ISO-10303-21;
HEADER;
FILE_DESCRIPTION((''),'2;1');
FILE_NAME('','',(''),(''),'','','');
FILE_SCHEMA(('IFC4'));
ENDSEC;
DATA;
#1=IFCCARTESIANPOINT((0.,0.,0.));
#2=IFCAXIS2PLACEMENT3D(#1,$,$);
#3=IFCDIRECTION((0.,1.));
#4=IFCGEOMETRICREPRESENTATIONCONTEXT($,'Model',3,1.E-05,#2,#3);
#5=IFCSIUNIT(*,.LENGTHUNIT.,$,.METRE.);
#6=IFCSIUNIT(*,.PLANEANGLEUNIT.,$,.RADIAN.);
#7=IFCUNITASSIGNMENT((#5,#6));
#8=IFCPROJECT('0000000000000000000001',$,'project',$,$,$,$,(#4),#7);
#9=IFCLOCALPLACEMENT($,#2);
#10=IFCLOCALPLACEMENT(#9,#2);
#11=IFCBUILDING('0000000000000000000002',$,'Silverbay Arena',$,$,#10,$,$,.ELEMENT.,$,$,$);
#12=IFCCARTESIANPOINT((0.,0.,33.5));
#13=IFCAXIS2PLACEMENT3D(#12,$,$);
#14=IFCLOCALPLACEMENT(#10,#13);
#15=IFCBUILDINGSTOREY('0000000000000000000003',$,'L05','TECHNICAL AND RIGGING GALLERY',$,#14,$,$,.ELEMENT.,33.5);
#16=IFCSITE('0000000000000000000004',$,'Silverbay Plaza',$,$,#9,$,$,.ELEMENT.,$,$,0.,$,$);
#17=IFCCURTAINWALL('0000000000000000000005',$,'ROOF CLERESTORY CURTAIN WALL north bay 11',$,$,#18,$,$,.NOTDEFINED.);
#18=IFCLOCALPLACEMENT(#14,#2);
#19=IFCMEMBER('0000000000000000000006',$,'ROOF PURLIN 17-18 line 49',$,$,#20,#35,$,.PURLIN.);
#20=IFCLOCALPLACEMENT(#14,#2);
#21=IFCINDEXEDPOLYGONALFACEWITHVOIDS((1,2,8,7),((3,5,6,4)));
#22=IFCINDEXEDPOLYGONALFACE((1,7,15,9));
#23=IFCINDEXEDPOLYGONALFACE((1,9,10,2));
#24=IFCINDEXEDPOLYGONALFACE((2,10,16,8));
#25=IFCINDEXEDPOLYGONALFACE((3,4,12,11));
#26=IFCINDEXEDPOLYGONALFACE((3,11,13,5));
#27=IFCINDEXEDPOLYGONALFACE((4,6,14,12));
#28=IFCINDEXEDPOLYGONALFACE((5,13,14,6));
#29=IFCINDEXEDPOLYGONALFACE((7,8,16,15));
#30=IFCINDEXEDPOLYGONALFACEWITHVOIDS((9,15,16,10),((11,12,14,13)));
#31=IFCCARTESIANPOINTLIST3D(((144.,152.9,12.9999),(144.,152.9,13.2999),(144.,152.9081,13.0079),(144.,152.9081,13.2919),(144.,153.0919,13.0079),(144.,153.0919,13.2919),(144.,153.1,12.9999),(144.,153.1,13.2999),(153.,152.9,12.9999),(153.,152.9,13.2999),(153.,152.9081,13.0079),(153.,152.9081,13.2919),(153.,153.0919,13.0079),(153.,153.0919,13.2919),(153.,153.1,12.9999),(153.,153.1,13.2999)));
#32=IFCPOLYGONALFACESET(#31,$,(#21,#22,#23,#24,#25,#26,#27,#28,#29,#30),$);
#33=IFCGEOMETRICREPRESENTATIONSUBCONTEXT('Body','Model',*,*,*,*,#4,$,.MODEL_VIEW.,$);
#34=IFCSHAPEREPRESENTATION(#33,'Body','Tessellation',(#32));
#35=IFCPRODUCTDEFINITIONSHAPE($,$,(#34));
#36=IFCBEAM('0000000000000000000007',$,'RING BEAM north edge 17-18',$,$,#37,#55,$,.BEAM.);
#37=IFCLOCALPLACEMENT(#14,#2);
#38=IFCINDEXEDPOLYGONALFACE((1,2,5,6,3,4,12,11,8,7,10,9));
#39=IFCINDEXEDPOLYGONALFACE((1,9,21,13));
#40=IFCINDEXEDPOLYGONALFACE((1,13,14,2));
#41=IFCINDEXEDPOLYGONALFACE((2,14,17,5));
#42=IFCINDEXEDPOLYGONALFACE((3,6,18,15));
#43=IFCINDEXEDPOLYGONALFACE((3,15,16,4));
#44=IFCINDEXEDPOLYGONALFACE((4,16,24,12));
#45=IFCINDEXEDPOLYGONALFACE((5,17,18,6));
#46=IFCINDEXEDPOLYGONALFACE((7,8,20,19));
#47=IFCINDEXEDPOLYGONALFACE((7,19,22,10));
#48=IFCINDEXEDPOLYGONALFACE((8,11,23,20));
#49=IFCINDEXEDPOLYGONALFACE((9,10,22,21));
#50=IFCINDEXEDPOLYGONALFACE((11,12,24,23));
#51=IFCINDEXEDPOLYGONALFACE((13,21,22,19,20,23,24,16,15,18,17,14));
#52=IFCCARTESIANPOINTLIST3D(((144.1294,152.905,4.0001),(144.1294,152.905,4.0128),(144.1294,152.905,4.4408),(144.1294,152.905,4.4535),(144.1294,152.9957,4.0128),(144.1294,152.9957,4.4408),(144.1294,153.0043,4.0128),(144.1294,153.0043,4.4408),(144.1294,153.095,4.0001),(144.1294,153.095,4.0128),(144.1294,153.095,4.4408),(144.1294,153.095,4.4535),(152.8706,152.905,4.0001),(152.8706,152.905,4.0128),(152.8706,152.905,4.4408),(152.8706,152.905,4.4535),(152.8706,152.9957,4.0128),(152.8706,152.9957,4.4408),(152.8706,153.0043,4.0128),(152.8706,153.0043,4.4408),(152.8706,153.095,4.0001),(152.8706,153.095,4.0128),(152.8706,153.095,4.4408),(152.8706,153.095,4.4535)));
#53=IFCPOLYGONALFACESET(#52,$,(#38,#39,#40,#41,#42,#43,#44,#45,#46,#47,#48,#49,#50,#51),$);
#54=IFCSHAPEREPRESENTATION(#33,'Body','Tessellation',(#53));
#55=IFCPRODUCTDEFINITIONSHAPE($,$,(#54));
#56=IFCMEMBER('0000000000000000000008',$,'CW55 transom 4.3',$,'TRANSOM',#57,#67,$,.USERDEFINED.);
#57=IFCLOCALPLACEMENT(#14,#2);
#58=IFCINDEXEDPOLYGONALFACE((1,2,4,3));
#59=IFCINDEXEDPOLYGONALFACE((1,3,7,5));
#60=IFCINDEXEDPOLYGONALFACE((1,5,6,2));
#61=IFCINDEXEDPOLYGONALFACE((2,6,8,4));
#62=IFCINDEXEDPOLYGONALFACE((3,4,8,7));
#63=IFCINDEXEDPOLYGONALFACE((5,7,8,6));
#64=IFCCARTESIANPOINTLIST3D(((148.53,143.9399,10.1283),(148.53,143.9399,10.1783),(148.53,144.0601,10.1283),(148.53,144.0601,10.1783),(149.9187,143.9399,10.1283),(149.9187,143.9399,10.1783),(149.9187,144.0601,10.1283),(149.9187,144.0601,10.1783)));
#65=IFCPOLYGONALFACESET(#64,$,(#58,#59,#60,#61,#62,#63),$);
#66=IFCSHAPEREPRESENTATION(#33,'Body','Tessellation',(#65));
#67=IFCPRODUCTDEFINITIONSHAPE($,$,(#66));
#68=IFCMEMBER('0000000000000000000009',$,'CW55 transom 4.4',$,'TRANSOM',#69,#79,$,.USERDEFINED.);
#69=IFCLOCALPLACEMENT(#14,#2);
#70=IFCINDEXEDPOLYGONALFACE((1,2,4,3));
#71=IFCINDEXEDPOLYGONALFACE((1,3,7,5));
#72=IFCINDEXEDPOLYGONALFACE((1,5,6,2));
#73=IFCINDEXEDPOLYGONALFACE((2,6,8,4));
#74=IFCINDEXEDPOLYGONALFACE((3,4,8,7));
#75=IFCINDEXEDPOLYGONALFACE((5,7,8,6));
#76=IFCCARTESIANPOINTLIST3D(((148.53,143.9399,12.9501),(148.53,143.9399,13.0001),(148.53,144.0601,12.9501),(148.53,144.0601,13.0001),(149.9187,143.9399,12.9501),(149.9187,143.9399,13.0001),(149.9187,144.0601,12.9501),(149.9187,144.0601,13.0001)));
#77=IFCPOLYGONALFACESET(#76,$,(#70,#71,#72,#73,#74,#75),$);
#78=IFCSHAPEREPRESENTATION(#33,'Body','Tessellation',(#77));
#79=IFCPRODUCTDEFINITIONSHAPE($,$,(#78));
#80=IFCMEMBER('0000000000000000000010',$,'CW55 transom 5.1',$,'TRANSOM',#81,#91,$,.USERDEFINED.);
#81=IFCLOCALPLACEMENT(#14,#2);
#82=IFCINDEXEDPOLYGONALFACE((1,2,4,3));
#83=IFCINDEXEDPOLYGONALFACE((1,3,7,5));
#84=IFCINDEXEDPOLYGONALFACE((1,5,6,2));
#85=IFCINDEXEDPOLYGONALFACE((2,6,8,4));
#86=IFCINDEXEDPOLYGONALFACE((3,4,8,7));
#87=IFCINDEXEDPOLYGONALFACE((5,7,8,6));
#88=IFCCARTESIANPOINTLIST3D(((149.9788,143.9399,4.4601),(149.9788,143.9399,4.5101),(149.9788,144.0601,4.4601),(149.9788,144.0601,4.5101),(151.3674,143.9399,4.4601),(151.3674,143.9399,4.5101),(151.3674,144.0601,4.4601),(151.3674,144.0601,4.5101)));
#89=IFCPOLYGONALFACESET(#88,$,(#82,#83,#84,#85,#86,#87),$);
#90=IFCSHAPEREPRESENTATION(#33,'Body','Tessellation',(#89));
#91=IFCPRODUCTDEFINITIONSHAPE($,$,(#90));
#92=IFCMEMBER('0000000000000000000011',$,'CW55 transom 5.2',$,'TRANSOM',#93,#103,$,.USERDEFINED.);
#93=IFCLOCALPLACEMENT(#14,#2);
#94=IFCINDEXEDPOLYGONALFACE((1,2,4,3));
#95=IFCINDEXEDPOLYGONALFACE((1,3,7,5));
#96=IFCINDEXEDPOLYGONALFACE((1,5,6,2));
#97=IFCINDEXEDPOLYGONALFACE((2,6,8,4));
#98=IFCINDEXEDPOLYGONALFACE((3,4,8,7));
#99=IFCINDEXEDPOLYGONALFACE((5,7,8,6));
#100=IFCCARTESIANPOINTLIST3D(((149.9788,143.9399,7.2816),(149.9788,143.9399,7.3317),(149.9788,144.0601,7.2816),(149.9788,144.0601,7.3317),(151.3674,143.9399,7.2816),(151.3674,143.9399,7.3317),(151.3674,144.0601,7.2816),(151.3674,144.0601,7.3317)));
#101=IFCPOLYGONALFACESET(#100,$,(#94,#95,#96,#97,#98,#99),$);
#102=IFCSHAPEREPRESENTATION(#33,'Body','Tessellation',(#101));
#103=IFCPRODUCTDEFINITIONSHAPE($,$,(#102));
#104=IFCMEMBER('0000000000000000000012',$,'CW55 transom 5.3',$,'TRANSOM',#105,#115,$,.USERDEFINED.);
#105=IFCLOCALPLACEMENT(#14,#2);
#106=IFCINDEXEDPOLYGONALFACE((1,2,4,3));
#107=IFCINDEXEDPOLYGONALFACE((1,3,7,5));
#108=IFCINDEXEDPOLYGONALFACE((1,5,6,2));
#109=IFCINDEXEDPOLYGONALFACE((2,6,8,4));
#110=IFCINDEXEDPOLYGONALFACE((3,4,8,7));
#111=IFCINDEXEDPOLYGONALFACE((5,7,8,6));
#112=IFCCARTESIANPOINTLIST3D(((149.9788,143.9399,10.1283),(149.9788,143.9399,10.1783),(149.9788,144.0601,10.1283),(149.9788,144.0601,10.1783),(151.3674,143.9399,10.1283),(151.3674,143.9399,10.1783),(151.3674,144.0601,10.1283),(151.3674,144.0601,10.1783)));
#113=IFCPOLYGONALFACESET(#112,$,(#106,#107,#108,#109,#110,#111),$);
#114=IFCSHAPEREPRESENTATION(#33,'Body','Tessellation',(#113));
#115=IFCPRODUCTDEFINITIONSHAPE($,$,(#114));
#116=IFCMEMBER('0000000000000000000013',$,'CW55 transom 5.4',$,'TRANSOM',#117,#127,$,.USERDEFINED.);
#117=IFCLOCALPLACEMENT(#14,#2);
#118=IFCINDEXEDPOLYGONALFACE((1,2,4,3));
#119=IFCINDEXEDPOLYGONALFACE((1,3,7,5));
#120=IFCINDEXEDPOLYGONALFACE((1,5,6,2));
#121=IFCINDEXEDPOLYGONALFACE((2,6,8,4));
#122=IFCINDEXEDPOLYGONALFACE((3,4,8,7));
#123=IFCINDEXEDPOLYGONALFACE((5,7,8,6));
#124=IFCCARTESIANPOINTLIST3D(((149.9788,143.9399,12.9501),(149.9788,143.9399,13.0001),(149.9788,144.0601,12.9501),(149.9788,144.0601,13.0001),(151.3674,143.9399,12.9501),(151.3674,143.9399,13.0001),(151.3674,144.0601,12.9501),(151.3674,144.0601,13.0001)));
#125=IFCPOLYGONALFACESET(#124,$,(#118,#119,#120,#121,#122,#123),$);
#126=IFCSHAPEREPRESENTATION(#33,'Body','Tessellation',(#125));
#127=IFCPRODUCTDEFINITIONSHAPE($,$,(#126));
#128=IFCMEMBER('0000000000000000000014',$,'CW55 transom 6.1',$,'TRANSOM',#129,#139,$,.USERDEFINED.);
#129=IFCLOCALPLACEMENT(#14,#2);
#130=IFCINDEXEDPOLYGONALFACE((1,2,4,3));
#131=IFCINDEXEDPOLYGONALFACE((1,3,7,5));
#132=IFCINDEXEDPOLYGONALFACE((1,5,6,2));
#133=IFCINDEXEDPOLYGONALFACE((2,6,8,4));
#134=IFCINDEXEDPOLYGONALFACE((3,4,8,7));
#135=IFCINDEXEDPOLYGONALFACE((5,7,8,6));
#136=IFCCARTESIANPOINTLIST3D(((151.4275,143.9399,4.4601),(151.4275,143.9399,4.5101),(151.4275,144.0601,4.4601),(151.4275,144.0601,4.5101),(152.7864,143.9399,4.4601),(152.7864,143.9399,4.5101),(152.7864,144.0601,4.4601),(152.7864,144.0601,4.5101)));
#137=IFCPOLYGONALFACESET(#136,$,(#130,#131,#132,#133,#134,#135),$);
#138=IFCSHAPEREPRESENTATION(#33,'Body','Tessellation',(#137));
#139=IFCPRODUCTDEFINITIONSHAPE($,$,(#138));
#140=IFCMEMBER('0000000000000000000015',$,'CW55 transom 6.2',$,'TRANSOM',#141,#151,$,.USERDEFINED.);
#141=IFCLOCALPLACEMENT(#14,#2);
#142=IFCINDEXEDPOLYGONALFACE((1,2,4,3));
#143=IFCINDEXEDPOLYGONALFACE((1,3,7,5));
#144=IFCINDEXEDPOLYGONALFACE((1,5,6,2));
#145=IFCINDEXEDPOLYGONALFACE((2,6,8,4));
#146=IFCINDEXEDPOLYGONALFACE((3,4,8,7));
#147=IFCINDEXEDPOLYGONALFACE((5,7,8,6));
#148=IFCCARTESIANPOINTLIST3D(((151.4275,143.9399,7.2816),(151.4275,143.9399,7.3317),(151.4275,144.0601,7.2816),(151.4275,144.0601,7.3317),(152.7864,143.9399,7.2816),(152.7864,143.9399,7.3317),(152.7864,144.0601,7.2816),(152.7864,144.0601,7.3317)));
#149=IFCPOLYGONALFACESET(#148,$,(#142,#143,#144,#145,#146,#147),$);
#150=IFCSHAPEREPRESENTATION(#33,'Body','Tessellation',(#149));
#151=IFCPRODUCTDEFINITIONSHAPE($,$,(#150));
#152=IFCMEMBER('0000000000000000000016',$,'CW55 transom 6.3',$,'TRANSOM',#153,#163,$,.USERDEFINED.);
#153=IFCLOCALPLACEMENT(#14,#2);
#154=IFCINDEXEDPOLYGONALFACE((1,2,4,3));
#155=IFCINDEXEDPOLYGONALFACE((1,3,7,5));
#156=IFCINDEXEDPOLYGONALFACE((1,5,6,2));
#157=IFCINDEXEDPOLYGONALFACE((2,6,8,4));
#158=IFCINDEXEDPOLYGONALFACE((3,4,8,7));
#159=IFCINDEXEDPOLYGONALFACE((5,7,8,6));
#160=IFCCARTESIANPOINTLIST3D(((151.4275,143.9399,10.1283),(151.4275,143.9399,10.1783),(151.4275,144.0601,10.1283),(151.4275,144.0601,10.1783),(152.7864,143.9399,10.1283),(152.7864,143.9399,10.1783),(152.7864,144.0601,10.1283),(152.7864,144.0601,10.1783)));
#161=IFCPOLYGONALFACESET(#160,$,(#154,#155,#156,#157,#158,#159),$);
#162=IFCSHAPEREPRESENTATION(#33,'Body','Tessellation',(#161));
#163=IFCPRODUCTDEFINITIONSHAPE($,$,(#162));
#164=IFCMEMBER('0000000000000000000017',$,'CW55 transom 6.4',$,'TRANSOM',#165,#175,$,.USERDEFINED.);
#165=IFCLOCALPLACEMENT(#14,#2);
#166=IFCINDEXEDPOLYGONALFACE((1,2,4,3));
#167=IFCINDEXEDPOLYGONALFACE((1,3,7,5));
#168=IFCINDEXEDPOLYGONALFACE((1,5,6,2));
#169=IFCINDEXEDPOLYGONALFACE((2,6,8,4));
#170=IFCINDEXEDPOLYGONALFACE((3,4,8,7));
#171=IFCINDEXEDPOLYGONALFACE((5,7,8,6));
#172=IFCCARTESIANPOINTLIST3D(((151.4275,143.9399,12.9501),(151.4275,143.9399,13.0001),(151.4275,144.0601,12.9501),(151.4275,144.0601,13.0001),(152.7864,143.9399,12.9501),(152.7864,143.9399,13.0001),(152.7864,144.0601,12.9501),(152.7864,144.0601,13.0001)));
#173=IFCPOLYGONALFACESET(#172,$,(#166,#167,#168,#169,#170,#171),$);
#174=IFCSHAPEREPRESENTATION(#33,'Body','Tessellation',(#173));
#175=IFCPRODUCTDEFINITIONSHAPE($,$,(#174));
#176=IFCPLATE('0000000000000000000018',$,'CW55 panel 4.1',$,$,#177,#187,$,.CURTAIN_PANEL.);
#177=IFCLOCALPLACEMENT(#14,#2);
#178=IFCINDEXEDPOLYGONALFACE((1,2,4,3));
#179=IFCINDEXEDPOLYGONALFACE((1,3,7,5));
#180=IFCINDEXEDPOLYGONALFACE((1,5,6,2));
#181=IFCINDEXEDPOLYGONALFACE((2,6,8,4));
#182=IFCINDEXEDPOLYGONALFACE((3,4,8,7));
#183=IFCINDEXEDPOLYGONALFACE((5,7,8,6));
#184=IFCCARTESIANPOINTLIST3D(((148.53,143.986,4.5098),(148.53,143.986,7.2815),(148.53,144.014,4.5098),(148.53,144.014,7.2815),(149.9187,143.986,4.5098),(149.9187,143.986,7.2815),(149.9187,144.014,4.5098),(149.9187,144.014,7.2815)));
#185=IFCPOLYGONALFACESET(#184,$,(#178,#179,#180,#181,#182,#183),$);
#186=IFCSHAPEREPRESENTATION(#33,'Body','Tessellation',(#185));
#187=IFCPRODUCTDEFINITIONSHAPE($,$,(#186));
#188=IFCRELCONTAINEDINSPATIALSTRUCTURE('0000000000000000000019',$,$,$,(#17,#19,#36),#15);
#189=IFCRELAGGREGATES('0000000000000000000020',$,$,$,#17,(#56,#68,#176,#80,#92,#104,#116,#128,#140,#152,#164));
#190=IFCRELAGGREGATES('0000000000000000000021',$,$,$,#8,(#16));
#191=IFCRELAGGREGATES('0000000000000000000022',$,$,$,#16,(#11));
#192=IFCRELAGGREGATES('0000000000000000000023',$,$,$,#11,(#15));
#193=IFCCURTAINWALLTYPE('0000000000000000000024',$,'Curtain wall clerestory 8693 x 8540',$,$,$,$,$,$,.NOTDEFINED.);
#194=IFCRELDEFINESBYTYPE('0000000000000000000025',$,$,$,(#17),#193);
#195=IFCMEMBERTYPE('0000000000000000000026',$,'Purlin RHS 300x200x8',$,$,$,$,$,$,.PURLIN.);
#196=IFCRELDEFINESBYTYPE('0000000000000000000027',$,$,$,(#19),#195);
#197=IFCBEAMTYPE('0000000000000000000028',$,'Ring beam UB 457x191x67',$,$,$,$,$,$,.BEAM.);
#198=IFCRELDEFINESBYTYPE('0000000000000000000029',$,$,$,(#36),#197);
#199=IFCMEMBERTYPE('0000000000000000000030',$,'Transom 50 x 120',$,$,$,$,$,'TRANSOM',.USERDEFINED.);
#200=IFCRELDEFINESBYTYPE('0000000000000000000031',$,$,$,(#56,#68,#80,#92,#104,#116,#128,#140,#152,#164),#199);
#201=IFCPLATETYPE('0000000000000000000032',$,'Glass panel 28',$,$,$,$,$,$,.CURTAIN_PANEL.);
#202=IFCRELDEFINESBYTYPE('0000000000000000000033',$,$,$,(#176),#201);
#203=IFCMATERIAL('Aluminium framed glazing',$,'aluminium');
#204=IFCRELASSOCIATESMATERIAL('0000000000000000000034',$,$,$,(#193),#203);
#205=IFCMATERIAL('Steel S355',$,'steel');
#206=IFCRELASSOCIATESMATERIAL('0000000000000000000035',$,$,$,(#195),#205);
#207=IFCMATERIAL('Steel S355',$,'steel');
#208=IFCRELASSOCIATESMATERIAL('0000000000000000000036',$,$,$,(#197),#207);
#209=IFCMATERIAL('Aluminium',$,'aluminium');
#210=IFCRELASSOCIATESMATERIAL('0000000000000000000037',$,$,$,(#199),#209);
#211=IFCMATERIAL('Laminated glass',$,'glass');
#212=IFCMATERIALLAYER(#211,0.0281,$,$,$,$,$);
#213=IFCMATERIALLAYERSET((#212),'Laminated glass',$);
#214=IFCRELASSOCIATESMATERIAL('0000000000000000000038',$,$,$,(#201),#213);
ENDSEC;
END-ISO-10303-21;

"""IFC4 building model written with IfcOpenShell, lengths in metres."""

from ifc_helpers import new_model, si_unit, direction, frame, origin, origin_2d, place, context, subcontext, project, spatial, rectangle, hollow_rectangle, i_section, extrude, material, layer, layer_set, material_profile, profile_set, type_object, element, aggregate, save


model = new_model("IFC4")

# Units and contexts
model_context = context("Model", 3, precision=1e-05, world=origin(), true_north=direction((0.0, 1.0)))
body_context = subcontext(model_context, "Body", "Model", "MODEL_VIEW")
ifc_project = project(units=[si_unit("LENGTHUNIT", "METRE"), si_unit("PLANEANGLEUNIT", "RADIAN")], contexts=[model_context])

# Site, building, storey
site_placement = place(None, origin())
site = spatial("IfcSite", under=ifc_project, at=site_placement, Name="Silverbay Plaza", CompositionType="ELEMENT", RefElevation=0.0)
building_placement = place(site_placement, origin())
building = spatial("IfcBuilding", under=site, at=building_placement, Name="Silverbay Arena", CompositionType="ELEMENT")
storey_placement = place(building_placement, frame((0.0, 0.0, 33.5)))
storey = spatial("IfcBuildingStorey", under=building, at=storey_placement, Name="L05", Description="TECHNICAL AND RIGGING GALLERY", CompositionType="ELEMENT", Elevation=33.5)

# Curtain wall
ifc_material_1 = material(Name="Aluminium framed glazing", Category="aluminium")
curtain_wall_type = type_object("IfcCurtainWallType", Name="Curtain wall clerestory 8693 x 8540", PredefinedType="NOTDEFINED", material=ifc_material_1)
curtain_wall_placement = place(storey_placement, origin())
curtain_wall = element("IfcCurtainWall", 1, at=curtain_wall_placement, inside=storey, type_object=curtain_wall_type, Name="ROOF CLERESTORY CURTAIN WALL north bay 11", PredefinedType="NOTDEFINED")

# Member
ifc_material_2 = material(Name="Steel S355", Category="steel")
ifc_material_profile_1 = material_profile(ifc_material_2, hollow_rectangle(XDim=0.2, YDim=0.3, WallThickness=0.0081, at=origin_2d()), Name="RHS 300x200x8")
ifc_profile_set_1 = profile_set([ifc_material_profile_1], Name="Steel S355")
member_type_1 = type_object("IfcMemberType", Name="Purlin RHS 300x200x8", PredefinedType="PURLIN", material=ifc_profile_set_1)
for number, where, z_axis, x_axis, name in (
    (2, (144.0, 153.0, 13.1499), (1.0, 0.0, 0.0), (0.0, 1.0, 0.0), "ROOF PURLIN 17-18 line 49"),
):
    element("IfcMember", number, at=place(storey_placement, frame(where, z_axis=z_axis, x_axis=x_axis)), inside=storey, type_object=member_type_1, Name=name, PredefinedType="PURLIN", context=body_context, shape_type="SweptSolid", body=[
        extrude(hollow_rectangle(XDim=0.2, YDim=0.3, WallThickness=0.0081, at=origin_2d()), origin(), (0.0, 0.0, 1.0), 9.0),
    ])

# Beam
ifc_material_3 = material(Name="Steel S355", Category="steel")
ifc_material_profile_2 = material_profile(ifc_material_3, i_section(OverallWidth=0.1899, OverallDepth=0.4534, WebThickness=0.0085, FlangeThickness=0.0127, at=origin_2d()), Name="UB 457x191x67")
ifc_profile_set_2 = profile_set([ifc_material_profile_2], Name="Steel S355")
beam_type = type_object("IfcBeamType", Name="Ring beam UB 457x191x67", PredefinedType="BEAM", material=ifc_profile_set_2)
beam_placement = place(storey_placement, frame((144.1294, 153.0, 4.2268), z_axis=(1.0, 0.0, 0.0), x_axis=(0.0, 1.0, 0.0)))
element("IfcBeam", 3, at=beam_placement, inside=storey, type_object=beam_type, Name="RING BEAM north edge 17-18", PredefinedType="BEAM", context=body_context, shape_type="SweptSolid", body=[
    extrude(i_section(OverallWidth=0.1899, OverallDepth=0.4534, WebThickness=0.0085, FlangeThickness=0.0127, at=origin_2d()), origin(), (0.0, 0.0, 1.0), 8.7412),
])

# Members
ifc_material_4 = material(Name="Aluminium", Category="aluminium")
ifc_material_profile_3 = material_profile(ifc_material_4, rectangle(XDim=0.1201, YDim=0.05, at=origin_2d()), Name="Transom 50 x 120")
ifc_profile_set_3 = profile_set([ifc_material_profile_3], Name="Aluminium")
member_type_2 = type_object("IfcMemberType", Name="Transom 50 x 120", ElementType="TRANSOM", PredefinedType="USERDEFINED", material=ifc_profile_set_3)
member_1_placement = place(storey_placement, frame((148.53, 144.0, 10.1533), z_axis=(1.0, 0.0, 0.0), x_axis=(0.0, 1.0, 0.0)))
member_1 = element("IfcMember", 4, at=member_1_placement, type_object=member_type_2, Name="CW55 transom 4.3", ObjectType="TRANSOM", PredefinedType="USERDEFINED", context=body_context, shape_type="SweptSolid", body=[
    extrude(rectangle(XDim=0.1201, YDim=0.05, at=origin_2d()), origin(), (0.0, 0.0, 1.0), 1.3887),
])
member_2_placement = place(storey_placement, frame((148.53, 144.0, 12.9751), z_axis=(1.0, 0.0, 0.0), x_axis=(0.0, 1.0, 0.0)))
member_2 = element("IfcMember", 5, at=member_2_placement, type_object=member_type_2, Name="CW55 transom 4.4", ObjectType="TRANSOM", PredefinedType="USERDEFINED", context=body_context, shape_type="SweptSolid", body=[
    extrude(rectangle(XDim=0.1201, YDim=0.05, at=origin_2d()), origin(), (0.0, 0.0, 1.0), 1.3887),
])
member_3_placement = place(storey_placement, frame((149.9788, 144.0, 4.4851), z_axis=(1.0, 0.0, 0.0), x_axis=(0.0, 1.0, 0.0)))
member_3 = element("IfcMember", 6, at=member_3_placement, type_object=member_type_2, Name="CW55 transom 5.1", ObjectType="TRANSOM", PredefinedType="USERDEFINED", context=body_context, shape_type="SweptSolid", body=[
    extrude(rectangle(XDim=0.1201, YDim=0.05, at=origin_2d()), origin(), (0.0, 0.0, 1.0), 1.3887),
])
member_4_placement = place(storey_placement, frame((149.9788, 144.0, 7.3066), z_axis=(1.0, 0.0, 0.0), x_axis=(0.0, 1.0, 0.0)))
member_4 = element("IfcMember", 7, at=member_4_placement, type_object=member_type_2, Name="CW55 transom 5.2", ObjectType="TRANSOM", PredefinedType="USERDEFINED", context=body_context, shape_type="SweptSolid", body=[
    extrude(rectangle(XDim=0.1201, YDim=0.05, at=origin_2d()), origin(), (0.0, 0.0, 1.0), 1.3887),
])
member_5_placement = place(storey_placement, frame((149.9788, 144.0, 10.1533), z_axis=(1.0, 0.0, 0.0), x_axis=(0.0, 1.0, 0.0)))
member_5 = element("IfcMember", 8, at=member_5_placement, type_object=member_type_2, Name="CW55 transom 5.3", ObjectType="TRANSOM", PredefinedType="USERDEFINED", context=body_context, shape_type="SweptSolid", body=[
    extrude(rectangle(XDim=0.1201, YDim=0.05, at=origin_2d()), origin(), (0.0, 0.0, 1.0), 1.3887),
])
member_6_placement = place(storey_placement, frame((149.9788, 144.0, 12.9751), z_axis=(1.0, 0.0, 0.0), x_axis=(0.0, 1.0, 0.0)))
member_6 = element("IfcMember", 9, at=member_6_placement, type_object=member_type_2, Name="CW55 transom 5.4", ObjectType="TRANSOM", PredefinedType="USERDEFINED", context=body_context, shape_type="SweptSolid", body=[
    extrude(rectangle(XDim=0.1201, YDim=0.05, at=origin_2d()), origin(), (0.0, 0.0, 1.0), 1.3887),
])
member_7_placement = place(storey_placement, frame((151.4275, 144.0, 4.4851), z_axis=(1.0, 0.0, 0.0), x_axis=(0.0, 1.0, 0.0)))
member_7 = element("IfcMember", 10, at=member_7_placement, type_object=member_type_2, Name="CW55 transom 6.1", ObjectType="TRANSOM", PredefinedType="USERDEFINED", context=body_context, shape_type="SweptSolid", body=[
    extrude(rectangle(XDim=0.1201, YDim=0.05, at=origin_2d()), origin(), (0.0, 0.0, 1.0), 1.3589),
])
member_8_placement = place(storey_placement, frame((151.4275, 144.0, 7.3066), z_axis=(1.0, 0.0, 0.0), x_axis=(0.0, 1.0, 0.0)))
member_8 = element("IfcMember", 11, at=member_8_placement, type_object=member_type_2, Name="CW55 transom 6.2", ObjectType="TRANSOM", PredefinedType="USERDEFINED", context=body_context, shape_type="SweptSolid", body=[
    extrude(rectangle(XDim=0.1201, YDim=0.05, at=origin_2d()), origin(), (0.0, 0.0, 1.0), 1.3589),
])
member_9_placement = place(storey_placement, frame((151.4275, 144.0, 10.1533), z_axis=(1.0, 0.0, 0.0), x_axis=(0.0, 1.0, 0.0)))
member_9 = element("IfcMember", 12, at=member_9_placement, type_object=member_type_2, Name="CW55 transom 6.3", ObjectType="TRANSOM", PredefinedType="USERDEFINED", context=body_context, shape_type="SweptSolid", body=[
    extrude(rectangle(XDim=0.1201, YDim=0.05, at=origin_2d()), origin(), (0.0, 0.0, 1.0), 1.3589),
])
member_10_placement = place(storey_placement, frame((151.4275, 144.0, 12.9751), z_axis=(1.0, 0.0, 0.0), x_axis=(0.0, 1.0, 0.0)))
member_10 = element("IfcMember", 13, at=member_10_placement, type_object=member_type_2, Name="CW55 transom 6.4", ObjectType="TRANSOM", PredefinedType="USERDEFINED", context=body_context, shape_type="SweptSolid", body=[
    extrude(rectangle(XDim=0.1201, YDim=0.05, at=origin_2d()), origin(), (0.0, 0.0, 1.0), 1.3589),
])

# Plate
ifc_material_5 = material(Name="Laminated glass", Category="glass")
ifc_layer_1 = layer(ifc_material_5, 0.0281)
ifc_layer_set_1 = layer_set([ifc_layer_1], Name="Laminated glass")
plate_type = type_object("IfcPlateType", Name="Glass panel 28", PredefinedType="CURTAIN_PANEL", material=ifc_layer_set_1)
plate_1_placement = place(storey_placement, frame((149.2244, 144.0, 4.5098), z_axis=(0.0, 0.0, 1.0), x_axis=(1.0, 0.0, 0.0)))
plate_1 = element("IfcPlate", 14, at=plate_1_placement, type_object=plate_type, Name="CW55 panel 4.1", PredefinedType="CURTAIN_PANEL", context=body_context, shape_type="SweptSolid", body=[
    extrude(rectangle(XDim=1.3887, YDim=0.0281, at=origin_2d()), origin(), (0.0, 0.0, 1.0), 2.7717),
])
aggregate(curtain_wall, [member_1, member_2, plate_1, member_3, member_4, member_5, member_6, member_7, member_8, member_9, member_10])

save(model, "model.ifc")
